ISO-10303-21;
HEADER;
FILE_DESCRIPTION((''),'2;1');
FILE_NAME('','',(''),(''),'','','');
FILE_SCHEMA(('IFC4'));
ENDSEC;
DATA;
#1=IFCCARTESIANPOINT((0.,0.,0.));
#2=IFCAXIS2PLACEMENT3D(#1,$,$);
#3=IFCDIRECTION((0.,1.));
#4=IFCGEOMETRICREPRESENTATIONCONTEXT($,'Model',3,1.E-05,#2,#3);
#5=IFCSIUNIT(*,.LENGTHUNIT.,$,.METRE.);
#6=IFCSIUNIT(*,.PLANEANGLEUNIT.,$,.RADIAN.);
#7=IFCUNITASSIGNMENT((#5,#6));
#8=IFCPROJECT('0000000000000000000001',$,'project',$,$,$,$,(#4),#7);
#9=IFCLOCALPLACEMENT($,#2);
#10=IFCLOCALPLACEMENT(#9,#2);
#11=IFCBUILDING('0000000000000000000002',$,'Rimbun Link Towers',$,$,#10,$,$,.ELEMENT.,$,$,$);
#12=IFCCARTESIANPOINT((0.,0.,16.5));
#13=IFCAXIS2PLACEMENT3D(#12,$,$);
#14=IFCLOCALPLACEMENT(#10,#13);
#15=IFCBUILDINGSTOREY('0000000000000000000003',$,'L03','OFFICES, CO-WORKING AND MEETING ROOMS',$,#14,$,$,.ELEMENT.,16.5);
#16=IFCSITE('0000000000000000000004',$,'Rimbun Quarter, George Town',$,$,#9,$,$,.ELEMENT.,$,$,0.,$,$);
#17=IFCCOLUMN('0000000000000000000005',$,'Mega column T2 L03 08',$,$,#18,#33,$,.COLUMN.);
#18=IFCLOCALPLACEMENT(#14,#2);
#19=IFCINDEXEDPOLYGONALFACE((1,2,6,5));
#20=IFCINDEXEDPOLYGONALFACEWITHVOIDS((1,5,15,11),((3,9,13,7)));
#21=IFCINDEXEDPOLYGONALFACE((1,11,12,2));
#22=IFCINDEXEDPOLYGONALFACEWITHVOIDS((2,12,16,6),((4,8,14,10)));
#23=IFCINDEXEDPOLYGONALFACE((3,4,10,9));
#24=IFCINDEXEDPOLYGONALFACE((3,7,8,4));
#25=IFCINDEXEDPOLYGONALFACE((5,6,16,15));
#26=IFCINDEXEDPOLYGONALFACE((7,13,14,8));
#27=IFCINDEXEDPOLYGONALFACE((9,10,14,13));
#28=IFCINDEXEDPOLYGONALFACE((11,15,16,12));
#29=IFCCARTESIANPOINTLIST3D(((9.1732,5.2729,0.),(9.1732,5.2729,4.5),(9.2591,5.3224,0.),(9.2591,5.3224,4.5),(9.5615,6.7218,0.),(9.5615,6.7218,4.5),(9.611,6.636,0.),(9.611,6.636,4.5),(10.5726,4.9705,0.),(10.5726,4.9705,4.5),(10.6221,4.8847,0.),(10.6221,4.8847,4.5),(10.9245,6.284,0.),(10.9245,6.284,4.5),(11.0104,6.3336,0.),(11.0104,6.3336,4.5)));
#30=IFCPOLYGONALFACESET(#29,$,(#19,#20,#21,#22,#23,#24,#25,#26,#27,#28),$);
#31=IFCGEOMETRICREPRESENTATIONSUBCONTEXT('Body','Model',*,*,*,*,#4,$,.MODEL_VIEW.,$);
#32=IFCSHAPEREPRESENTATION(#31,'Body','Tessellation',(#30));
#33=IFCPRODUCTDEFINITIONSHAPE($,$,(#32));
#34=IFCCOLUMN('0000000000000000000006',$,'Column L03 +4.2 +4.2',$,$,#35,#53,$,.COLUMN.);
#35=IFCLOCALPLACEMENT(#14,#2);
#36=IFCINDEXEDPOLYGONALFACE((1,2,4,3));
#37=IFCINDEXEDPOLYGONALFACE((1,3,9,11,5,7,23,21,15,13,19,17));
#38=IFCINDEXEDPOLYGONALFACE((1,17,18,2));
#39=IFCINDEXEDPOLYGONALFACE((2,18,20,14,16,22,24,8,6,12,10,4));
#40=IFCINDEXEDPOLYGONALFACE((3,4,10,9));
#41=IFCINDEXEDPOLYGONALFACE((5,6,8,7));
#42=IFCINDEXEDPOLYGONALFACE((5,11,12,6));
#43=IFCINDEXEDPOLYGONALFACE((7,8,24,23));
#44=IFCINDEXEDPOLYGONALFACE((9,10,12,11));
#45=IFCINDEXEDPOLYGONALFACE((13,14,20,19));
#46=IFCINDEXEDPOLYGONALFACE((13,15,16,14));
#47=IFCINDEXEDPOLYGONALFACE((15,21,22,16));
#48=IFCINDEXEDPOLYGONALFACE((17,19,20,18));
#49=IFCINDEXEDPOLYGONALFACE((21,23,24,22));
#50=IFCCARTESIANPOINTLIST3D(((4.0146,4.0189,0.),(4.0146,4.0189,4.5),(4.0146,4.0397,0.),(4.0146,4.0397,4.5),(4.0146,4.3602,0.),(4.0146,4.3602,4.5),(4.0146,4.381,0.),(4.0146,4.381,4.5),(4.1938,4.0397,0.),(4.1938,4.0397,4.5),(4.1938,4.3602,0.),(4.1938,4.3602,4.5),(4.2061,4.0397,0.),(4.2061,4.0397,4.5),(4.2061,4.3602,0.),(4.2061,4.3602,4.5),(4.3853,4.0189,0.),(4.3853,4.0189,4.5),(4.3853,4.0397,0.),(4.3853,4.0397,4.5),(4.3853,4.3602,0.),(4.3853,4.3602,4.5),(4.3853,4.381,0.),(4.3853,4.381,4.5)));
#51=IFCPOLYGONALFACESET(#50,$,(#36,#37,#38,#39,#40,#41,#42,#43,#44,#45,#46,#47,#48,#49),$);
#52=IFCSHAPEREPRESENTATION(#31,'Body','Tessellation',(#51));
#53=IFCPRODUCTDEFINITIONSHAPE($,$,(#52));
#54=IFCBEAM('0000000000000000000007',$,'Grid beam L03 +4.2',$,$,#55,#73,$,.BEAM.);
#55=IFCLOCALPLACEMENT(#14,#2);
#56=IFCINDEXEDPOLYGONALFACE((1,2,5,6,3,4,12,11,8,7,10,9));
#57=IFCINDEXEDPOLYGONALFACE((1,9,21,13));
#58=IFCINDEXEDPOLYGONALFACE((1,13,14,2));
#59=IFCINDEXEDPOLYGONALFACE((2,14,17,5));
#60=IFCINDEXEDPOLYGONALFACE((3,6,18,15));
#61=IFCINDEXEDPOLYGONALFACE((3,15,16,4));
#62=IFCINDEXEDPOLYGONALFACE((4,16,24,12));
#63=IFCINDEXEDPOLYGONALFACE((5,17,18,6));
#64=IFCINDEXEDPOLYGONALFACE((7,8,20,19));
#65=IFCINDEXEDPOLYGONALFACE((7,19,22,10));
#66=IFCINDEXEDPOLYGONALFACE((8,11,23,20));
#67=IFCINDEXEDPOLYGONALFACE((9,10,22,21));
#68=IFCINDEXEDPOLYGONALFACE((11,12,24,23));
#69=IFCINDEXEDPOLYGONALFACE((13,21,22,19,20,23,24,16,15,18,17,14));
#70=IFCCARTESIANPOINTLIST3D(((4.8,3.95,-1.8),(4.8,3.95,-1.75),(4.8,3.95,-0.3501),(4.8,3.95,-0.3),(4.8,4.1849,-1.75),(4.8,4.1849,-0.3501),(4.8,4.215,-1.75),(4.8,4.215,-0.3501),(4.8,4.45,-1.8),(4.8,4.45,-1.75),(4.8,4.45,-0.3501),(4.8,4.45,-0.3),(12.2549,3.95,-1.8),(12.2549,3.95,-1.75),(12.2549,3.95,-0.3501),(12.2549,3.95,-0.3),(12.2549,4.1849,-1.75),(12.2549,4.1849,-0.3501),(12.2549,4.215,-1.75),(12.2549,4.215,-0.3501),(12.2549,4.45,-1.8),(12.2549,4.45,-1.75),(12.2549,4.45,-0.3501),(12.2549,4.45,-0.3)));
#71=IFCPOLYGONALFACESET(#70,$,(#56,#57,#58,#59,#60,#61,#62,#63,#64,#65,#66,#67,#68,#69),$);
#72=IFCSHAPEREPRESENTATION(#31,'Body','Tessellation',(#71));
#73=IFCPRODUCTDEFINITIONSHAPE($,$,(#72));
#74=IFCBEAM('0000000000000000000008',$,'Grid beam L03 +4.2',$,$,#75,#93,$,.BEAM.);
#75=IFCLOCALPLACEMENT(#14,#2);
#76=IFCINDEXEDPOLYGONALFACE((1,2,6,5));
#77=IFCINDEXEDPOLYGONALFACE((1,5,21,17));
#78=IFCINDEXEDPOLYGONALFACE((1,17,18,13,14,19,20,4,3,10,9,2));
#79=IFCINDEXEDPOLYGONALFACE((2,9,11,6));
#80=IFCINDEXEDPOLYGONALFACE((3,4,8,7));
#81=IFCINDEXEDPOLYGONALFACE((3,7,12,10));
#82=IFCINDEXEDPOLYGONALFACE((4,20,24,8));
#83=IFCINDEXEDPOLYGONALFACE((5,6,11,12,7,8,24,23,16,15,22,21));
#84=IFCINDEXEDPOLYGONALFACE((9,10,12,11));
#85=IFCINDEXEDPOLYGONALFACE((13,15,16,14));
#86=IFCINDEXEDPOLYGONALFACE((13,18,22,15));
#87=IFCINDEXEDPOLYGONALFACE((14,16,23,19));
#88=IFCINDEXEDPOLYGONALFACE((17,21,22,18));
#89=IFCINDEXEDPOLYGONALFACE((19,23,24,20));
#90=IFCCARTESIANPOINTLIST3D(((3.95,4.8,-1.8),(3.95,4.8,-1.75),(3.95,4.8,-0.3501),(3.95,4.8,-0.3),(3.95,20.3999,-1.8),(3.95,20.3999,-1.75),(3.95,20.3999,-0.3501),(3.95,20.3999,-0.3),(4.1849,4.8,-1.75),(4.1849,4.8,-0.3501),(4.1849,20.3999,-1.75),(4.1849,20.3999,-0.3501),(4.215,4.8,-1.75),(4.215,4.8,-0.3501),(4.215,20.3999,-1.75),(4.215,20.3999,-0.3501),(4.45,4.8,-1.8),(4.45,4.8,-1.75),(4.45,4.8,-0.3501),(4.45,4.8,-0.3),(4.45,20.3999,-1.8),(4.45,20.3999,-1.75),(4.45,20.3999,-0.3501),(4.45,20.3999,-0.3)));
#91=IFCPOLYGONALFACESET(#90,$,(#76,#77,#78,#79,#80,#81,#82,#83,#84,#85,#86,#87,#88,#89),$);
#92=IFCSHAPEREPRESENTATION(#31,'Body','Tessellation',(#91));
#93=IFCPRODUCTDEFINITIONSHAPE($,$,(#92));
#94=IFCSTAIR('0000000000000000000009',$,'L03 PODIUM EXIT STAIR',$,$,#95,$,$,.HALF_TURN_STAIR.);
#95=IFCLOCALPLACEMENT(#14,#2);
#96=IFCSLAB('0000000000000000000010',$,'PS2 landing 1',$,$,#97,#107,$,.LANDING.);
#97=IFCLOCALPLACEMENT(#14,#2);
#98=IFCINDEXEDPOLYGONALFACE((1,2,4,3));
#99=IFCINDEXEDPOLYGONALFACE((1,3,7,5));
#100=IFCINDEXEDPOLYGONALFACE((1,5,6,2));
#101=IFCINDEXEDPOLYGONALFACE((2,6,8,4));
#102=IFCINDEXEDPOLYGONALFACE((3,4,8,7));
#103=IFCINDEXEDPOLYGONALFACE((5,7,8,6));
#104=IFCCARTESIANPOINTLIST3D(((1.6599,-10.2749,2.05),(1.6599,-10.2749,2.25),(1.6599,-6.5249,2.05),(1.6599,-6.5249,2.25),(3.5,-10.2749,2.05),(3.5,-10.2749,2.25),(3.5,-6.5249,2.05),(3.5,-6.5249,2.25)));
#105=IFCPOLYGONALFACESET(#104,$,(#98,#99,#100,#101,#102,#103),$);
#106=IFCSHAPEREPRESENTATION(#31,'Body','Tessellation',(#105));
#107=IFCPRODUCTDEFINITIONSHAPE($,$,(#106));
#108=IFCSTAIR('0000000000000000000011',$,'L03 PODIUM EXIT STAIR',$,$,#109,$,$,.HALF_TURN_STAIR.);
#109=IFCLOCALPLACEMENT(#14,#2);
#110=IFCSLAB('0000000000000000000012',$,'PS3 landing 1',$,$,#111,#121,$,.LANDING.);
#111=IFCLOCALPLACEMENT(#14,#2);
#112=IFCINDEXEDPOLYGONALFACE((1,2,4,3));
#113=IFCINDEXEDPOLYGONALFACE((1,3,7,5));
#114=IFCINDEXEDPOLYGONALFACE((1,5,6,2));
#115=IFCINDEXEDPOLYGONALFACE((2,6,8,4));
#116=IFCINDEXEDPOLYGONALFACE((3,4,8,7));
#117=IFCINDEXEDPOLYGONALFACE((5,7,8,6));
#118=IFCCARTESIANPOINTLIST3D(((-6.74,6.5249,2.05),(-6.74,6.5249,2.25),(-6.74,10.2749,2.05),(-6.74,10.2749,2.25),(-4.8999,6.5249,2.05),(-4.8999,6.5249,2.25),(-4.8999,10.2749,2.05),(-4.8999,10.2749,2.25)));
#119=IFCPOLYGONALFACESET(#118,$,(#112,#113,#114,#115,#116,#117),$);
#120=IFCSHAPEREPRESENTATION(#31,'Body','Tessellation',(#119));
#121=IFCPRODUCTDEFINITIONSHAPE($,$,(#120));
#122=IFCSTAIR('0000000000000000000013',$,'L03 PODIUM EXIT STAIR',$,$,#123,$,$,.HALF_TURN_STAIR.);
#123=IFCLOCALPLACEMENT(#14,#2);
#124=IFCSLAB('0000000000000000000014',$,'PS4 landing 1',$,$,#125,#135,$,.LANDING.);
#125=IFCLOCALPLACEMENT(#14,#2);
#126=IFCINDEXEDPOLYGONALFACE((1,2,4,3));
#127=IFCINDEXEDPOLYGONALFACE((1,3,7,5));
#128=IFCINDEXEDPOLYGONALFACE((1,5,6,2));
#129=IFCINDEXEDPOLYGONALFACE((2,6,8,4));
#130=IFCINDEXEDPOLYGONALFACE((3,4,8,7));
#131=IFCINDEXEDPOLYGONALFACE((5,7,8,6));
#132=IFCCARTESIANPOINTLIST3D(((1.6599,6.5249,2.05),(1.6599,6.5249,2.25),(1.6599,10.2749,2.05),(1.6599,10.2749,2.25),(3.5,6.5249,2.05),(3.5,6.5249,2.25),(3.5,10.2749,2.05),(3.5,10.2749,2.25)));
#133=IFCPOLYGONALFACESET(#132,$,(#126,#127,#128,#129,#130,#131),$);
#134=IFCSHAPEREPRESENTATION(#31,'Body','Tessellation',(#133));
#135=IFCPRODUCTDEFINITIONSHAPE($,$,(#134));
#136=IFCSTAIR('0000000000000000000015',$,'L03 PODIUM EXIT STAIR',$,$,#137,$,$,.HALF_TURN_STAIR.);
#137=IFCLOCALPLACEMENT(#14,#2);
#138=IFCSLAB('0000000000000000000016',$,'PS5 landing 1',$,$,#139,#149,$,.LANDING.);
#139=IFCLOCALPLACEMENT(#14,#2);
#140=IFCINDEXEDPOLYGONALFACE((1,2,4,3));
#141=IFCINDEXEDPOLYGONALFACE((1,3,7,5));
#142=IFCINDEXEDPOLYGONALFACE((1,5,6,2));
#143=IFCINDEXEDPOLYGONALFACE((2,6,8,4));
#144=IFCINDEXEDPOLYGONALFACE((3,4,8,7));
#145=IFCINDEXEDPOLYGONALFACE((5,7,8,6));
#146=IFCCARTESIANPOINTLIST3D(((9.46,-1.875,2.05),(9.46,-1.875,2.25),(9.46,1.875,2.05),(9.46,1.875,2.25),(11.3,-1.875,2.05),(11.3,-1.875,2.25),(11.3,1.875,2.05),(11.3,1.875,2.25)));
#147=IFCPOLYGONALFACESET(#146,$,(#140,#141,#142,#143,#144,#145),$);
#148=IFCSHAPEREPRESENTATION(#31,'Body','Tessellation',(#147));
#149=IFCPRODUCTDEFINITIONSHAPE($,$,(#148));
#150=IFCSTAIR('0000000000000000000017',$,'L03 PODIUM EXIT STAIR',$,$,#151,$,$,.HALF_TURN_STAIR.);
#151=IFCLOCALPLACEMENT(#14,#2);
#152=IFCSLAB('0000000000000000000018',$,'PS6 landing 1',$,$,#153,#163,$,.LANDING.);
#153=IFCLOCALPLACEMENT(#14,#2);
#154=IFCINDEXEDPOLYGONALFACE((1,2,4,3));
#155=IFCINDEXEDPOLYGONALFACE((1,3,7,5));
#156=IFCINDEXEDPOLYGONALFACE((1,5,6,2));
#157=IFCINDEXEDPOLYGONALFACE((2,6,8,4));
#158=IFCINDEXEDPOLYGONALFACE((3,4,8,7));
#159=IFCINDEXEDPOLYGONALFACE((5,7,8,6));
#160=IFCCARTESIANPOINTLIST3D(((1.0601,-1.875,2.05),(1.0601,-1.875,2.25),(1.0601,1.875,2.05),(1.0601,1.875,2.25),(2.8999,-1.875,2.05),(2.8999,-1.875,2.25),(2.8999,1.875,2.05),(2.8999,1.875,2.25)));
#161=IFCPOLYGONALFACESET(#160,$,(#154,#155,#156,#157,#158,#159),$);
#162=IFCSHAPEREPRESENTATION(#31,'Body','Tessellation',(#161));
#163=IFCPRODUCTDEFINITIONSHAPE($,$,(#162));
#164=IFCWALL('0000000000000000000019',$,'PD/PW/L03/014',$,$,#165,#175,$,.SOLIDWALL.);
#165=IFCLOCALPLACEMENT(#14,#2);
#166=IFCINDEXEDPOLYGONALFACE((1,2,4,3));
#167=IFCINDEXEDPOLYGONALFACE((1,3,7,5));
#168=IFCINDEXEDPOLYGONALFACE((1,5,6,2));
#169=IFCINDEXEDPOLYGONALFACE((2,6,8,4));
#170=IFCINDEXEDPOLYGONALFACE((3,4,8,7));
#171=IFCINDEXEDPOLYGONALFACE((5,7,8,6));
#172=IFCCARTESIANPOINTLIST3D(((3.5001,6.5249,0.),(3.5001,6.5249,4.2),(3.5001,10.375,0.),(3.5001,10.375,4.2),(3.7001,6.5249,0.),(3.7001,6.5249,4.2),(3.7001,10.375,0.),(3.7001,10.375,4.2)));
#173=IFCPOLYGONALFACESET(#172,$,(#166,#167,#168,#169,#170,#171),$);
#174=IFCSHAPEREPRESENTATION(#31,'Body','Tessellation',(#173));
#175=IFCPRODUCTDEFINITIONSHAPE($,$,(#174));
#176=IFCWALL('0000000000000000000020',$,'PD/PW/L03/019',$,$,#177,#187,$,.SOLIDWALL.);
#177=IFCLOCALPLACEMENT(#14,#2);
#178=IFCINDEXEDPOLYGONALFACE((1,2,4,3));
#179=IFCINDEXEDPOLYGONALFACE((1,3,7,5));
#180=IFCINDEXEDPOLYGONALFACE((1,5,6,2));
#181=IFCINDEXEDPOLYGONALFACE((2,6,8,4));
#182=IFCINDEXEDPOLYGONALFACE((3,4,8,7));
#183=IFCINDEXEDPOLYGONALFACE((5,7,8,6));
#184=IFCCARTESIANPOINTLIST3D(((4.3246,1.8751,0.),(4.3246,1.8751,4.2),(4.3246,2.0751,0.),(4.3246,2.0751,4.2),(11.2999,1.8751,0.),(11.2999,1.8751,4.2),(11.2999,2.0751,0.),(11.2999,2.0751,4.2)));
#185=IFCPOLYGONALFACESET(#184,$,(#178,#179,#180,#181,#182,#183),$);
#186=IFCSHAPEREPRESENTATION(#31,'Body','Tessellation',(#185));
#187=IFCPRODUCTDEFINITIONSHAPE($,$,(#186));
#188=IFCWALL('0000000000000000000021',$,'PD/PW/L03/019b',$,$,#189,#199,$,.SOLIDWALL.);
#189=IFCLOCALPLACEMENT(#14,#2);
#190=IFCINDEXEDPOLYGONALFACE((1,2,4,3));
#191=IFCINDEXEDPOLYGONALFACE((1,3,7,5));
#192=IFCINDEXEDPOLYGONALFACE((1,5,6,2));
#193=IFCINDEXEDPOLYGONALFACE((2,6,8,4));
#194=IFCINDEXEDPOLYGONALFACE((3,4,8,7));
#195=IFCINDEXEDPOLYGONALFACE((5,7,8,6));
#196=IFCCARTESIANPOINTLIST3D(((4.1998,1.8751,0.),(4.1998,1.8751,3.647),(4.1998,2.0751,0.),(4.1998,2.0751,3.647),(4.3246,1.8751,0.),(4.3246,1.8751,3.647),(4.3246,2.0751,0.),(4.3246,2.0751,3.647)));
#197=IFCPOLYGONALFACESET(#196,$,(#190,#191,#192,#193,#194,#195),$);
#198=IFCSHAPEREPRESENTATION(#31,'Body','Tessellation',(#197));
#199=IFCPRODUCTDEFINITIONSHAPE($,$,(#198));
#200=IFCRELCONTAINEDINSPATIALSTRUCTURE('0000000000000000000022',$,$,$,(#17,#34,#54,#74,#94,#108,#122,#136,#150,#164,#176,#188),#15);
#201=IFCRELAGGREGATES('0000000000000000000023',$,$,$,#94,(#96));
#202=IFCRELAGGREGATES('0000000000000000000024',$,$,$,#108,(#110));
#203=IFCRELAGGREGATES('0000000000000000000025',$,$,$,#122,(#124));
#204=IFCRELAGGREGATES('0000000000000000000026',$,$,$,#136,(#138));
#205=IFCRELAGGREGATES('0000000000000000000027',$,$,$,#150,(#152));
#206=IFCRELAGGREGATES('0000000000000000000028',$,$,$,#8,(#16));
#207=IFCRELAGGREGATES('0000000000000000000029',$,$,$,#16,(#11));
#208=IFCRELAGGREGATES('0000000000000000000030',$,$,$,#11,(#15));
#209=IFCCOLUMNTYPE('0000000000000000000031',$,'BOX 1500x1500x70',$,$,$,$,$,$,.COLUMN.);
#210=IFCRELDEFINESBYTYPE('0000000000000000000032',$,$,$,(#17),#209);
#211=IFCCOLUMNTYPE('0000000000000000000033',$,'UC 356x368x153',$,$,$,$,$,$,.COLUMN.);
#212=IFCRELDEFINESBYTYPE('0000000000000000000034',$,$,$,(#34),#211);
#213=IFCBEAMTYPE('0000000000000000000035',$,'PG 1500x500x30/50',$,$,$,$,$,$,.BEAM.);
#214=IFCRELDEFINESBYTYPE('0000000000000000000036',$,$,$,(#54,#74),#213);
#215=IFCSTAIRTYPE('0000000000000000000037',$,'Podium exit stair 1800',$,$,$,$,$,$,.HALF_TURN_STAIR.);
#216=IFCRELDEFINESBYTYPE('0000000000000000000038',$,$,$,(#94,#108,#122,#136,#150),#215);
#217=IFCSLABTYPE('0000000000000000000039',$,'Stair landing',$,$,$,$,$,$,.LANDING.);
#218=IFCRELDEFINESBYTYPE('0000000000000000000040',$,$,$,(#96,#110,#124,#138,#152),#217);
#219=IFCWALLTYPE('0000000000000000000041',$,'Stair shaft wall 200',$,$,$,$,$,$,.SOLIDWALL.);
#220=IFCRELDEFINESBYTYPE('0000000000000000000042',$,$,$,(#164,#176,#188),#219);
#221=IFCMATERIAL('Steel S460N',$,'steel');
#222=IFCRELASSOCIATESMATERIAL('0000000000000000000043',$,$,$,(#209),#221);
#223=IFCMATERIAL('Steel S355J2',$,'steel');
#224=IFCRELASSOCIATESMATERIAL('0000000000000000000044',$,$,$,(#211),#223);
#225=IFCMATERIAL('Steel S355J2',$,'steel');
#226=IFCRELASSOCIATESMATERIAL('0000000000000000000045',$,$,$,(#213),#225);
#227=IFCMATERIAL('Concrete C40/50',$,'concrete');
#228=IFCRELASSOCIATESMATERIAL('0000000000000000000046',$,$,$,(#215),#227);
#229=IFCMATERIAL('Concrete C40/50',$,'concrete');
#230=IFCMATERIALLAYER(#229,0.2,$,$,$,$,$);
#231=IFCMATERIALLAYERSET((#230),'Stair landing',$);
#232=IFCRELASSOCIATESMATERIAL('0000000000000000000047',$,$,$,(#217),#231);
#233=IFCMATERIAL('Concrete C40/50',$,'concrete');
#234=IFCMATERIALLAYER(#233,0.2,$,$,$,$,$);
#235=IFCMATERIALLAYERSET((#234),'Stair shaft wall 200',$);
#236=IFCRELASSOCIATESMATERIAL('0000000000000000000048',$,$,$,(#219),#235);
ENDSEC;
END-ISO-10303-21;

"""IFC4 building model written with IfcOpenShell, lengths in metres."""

from ifc_helpers import new_model, si_unit, direction, frame, frame_2d, origin, origin_2d, place, context, subcontext, project, spatial, polyline, rectangle, hollow_rectangle, i_section, outline, extrude, material, layer, layer_set, material_profile, profile_set, type_object, element, aggregate, save


model = new_model("IFC4")

# Units and contexts
model_context = context("Model", 3, precision=1e-05, world=origin(), true_north=direction((0.0, 1.0)))
body_context = subcontext(model_context, "Body", "Model", "MODEL_VIEW")
ifc_project = project(units=[si_unit("LENGTHUNIT", "METRE"), si_unit("PLANEANGLEUNIT", "RADIAN")], contexts=[model_context])

# Site, building, storey
site_placement = place(None, origin())
site = spatial("IfcSite", under=ifc_project, at=site_placement, Name="Rimbun Quarter, George Town", CompositionType="ELEMENT", RefElevation=0.0)
building_placement = place(site_placement, origin())
building = spatial("IfcBuilding", under=site, at=building_placement, Name="Rimbun Link Towers", CompositionType="ELEMENT")
storey_placement = place(building_placement, frame((0.0, 0.0, 16.5)))
storey = spatial("IfcBuildingStorey", under=building, at=storey_placement, Name="L03", Description="OFFICES, CO-WORKING AND MEETING ROOMS", CompositionType="ELEMENT", Elevation=16.5)

# Columns
ifc_material_1 = material(Name="Steel S460N", Category="steel")
ifc_material_profile_1 = material_profile(ifc_material_1, hollow_rectangle(XDim=1.5, YDim=1.5, WallThickness=0.0701, at=origin_2d()), Name="BOX 1500x1500x70")
ifc_profile_set_1 = profile_set([ifc_material_profile_1], Name="Steel S460N")
column_type_1 = type_object("IfcColumnType", Name="BOX 1500x1500x70", PredefinedType="COLUMN", material=ifc_profile_set_1)
column_1_placement = place(storey_placement, frame((10.0918, 5.8032, 0.0), z_axis=(0.0, 0.0, 1.0), x_axis=(-0.965926, 0.258819, 0.0)))
element("IfcColumn", 1, at=column_1_placement, inside=storey, type_object=column_type_1, Name="Mega column T2 L03 08", PredefinedType="COLUMN", context=body_context, shape_type="SweptSolid", body=[
    extrude(hollow_rectangle(XDim=1.5, YDim=1.5, WallThickness=0.0701, at=origin_2d()), origin(), (0.0, 0.0, 1.0), 4.5),
])
ifc_material_2 = material(Name="Steel S355J2", Category="steel")
ifc_material_profile_2 = material_profile(ifc_material_2, i_section(OverallWidth=0.3706, OverallDepth=0.3621, WebThickness=0.0122, FlangeThickness=0.0208, at=origin_2d()), Name="UC 356x368x153")
ifc_profile_set_2 = profile_set([ifc_material_profile_2], Name="Steel S355J2")
column_type_2 = type_object("IfcColumnType", Name="UC 356x368x153", PredefinedType="COLUMN", material=ifc_profile_set_2)
column_2_placement = place(storey_placement, frame((4.2, 4.2, 0.0), z_axis=(0.0, 0.0, 1.0), x_axis=(1.0, 0.0, 0.0)))
element("IfcColumn", 2, at=column_2_placement, inside=storey, type_object=column_type_2, Name="Column L03 +4.2 +4.2", PredefinedType="COLUMN", context=body_context, shape_type="SweptSolid", body=[
    extrude(i_section(OverallWidth=0.3706, OverallDepth=0.3621, WebThickness=0.0122, FlangeThickness=0.0208, at=origin_2d()), origin(), (0.0, 0.0, 1.0), 4.5),
])

# Beams
ifc_material_3 = material(Name="Steel S355J2", Category="steel")
ifc_material_profile_3 = material_profile(ifc_material_3, i_section(OverallWidth=0.5, OverallDepth=1.5, WebThickness=0.03, FlangeThickness=0.05, at=origin_2d()), Name="PG 1500x500x30/50")
ifc_profile_set_3 = profile_set([ifc_material_profile_3], Name="Steel S355J2")
beam_type = type_object("IfcBeamType", Name="PG 1500x500x30/50", PredefinedType="BEAM", material=ifc_profile_set_3)
beam_1_placement = place(storey_placement, frame((4.8, 4.2, -1.05), z_axis=(1.0, 0.0, 0.0), x_axis=(0.0, 1.0, 0.0)))
element("IfcBeam", 3, at=beam_1_placement, inside=storey, type_object=beam_type, Name="Grid beam L03 +4.2", PredefinedType="BEAM", context=body_context, shape_type="SweptSolid", body=[
    extrude(i_section(OverallWidth=0.5, OverallDepth=1.5, WebThickness=0.03, FlangeThickness=0.05, at=origin_2d()), origin(), (0.0, 0.0, 1.0), 7.4548),
])
beam_2_placement = place(storey_placement, frame((4.2, 4.8, -1.05), z_axis=(0.0, 1.0, 0.0), x_axis=(-1.0, 0.0, 0.0)))
element("IfcBeam", 4, at=beam_2_placement, inside=storey, type_object=beam_type, Name="Grid beam L03 +4.2", PredefinedType="BEAM", context=body_context, shape_type="SweptSolid", body=[
    extrude(i_section(OverallWidth=0.5, OverallDepth=1.5, WebThickness=0.03, FlangeThickness=0.05, at=origin_2d()), origin(), (0.0, 0.0, 1.0), 15.5999),
])

# Stairs, slabs
ifc_material_4 = material(Name="Concrete C40/50", Category="concrete")
stair_type = type_object("IfcStairType", Name="Podium exit stair 1800", PredefinedType="HALF_TURN_STAIR", material=ifc_material_4)
stair_1_placement = place(storey_placement, origin())
stair_1 = element("IfcStair", 5, at=stair_1_placement, inside=storey, type_object=stair_type, Name="L03 PODIUM EXIT STAIR", PredefinedType="HALF_TURN_STAIR")
ifc_material_5 = material(Name="Concrete C40/50", Category="concrete")
ifc_layer_1 = layer(ifc_material_5, 0.2)
ifc_layer_set_1 = layer_set([ifc_layer_1], Name="Stair landing")
slab_type = type_object("IfcSlabType", Name="Stair landing", PredefinedType="LANDING", material=ifc_layer_set_1)
slab_1_placement = place(storey_placement, frame((0.0, 0.0, 2.05)))
slab_1 = element("IfcSlab", 6, at=slab_1_placement, type_object=slab_type, Name="PS2 landing 1", PredefinedType="LANDING", context=body_context, shape_type="SweptSolid", body=[
    extrude(outline(polyline([(1.6599, -10.2749), (3.5, -10.2749), (3.5, -6.5249), (1.6599, -6.5249), (1.6599, -10.2749)])), origin(), (0.0, 0.0, 1.0), 0.2),
])
aggregate(stair_1, [slab_1])
stair_2_placement = place(storey_placement, origin())
stair_2 = element("IfcStair", 7, at=stair_2_placement, inside=storey, type_object=stair_type, Name="L03 PODIUM EXIT STAIR", PredefinedType="HALF_TURN_STAIR")
slab_2_placement = place(storey_placement, frame((0.0, 0.0, 2.05)))
slab_2 = element("IfcSlab", 8, at=slab_2_placement, type_object=slab_type, Name="PS3 landing 1", PredefinedType="LANDING", context=body_context, shape_type="SweptSolid", body=[
    extrude(outline(polyline([(-6.74, 6.5249), (-4.8999, 6.5249), (-4.8999, 10.2749), (-6.74, 10.2749), (-6.74, 6.5249)])), origin(), (0.0, 0.0, 1.0), 0.2),
])
aggregate(stair_2, [slab_2])
stair_3_placement = place(storey_placement, origin())
stair_3 = element("IfcStair", 9, at=stair_3_placement, inside=storey, type_object=stair_type, Name="L03 PODIUM EXIT STAIR", PredefinedType="HALF_TURN_STAIR")
slab_3_placement = place(storey_placement, frame((0.0, 0.0, 2.05)))
slab_3 = element("IfcSlab", 10, at=slab_3_placement, type_object=slab_type, Name="PS4 landing 1", PredefinedType="LANDING", context=body_context, shape_type="SweptSolid", body=[
    extrude(outline(polyline([(1.6599, 6.5249), (3.5, 6.5249), (3.5, 10.2749), (1.6599, 10.2749), (1.6599, 6.5249)])), origin(), (0.0, 0.0, 1.0), 0.2),
])
aggregate(stair_3, [slab_3])
stair_4_placement = place(storey_placement, origin())
stair_4 = element("IfcStair", 11, at=stair_4_placement, inside=storey, type_object=stair_type, Name="L03 PODIUM EXIT STAIR", PredefinedType="HALF_TURN_STAIR")
slab_4_placement = place(storey_placement, frame((0.0, 0.0, 2.05)))
slab_4 = element("IfcSlab", 12, at=slab_4_placement, type_object=slab_type, Name="PS5 landing 1", PredefinedType="LANDING", context=body_context, shape_type="SweptSolid", body=[
    extrude(outline(polyline([(9.46, -1.875), (11.3, -1.875), (11.3, 1.875), (9.46, 1.875), (9.46, -1.875)])), origin(), (0.0, 0.0, 1.0), 0.2),
])
stair_5_placement = place(storey_placement, origin())
stair_5 = element("IfcStair", 13, at=stair_5_placement, inside=storey, type_object=stair_type, Name="L03 PODIUM EXIT STAIR", PredefinedType="HALF_TURN_STAIR")
slab_5_placement = place(storey_placement, frame((0.0, 0.0, 2.05)))
slab_5 = element("IfcSlab", 14, at=slab_5_placement, type_object=slab_type, Name="PS6 landing 1", PredefinedType="LANDING", context=body_context, shape_type="SweptSolid", body=[
    extrude(outline(polyline([(1.0601, -1.875), (2.8999, -1.875), (2.8999, 1.875), (1.0601, 1.875), (1.0601, -1.875)])), origin(), (0.0, 0.0, 1.0), 0.2),
])

# Walls
ifc_material_6 = material(Name="Concrete C40/50", Category="concrete")
ifc_layer_2 = layer(ifc_material_6, 0.2)
ifc_layer_set_2 = layer_set([ifc_layer_2], Name="Stair shaft wall 200")
wall_type = type_object("IfcWallType", Name="Stair shaft wall 200", PredefinedType="SOLIDWALL", material=ifc_layer_set_2)
wall_1_placement = place(storey_placement, frame((3.6001, 6.5249, 0.0), z_axis=(0.0, 0.0, 1.0), x_axis=(0.0, 1.0, 0.0)))
element("IfcWall", 15, at=wall_1_placement, inside=storey, type_object=wall_type, Name="PD/PW/L03/014", PredefinedType="SOLIDWALL", context=body_context, shape_type="SweptSolid", body=[
    extrude(rectangle(XDim=3.8501, YDim=0.2, at=frame_2d((1.925, 0.0))), origin(), (0.0, 0.0, 1.0), 4.2),
])
wall_2_placement = place(storey_placement, frame((11.3, 1.9751, 0.0), z_axis=(0.0, 0.0, 1.0), x_axis=(-1.0, 0.0, 0.0)))
element("IfcWall", 16, at=wall_2_placement, inside=storey, type_object=wall_type, Name="PD/PW/L03/019", PredefinedType="SOLIDWALL", context=body_context, shape_type="SweptSolid", body=[
    extrude(rectangle(XDim=6.9753, YDim=0.2, at=frame_2d((3.4878, 0.0))), origin(), (0.0, 0.0, 1.0), 4.2),
])
wall_3_placement = place(storey_placement, frame((4.3247, 1.9751, 0.0), z_axis=(0.0, 0.0, 1.0), x_axis=(-1.0, 0.0, 0.0)))
element("IfcWall", 17, at=wall_3_placement, inside=storey, type_object=wall_type, Name="PD/PW/L03/019b", PredefinedType="SOLIDWALL", context=body_context, shape_type="SweptSolid", body=[
    extrude(rectangle(XDim=0.1248, YDim=0.2, at=frame_2d((0.0625, 0.0))), origin(), (0.0, 0.0, 1.0), 3.647),
])

aggregate(stair_4, [slab_4])
aggregate(stair_5, [slab_5])

save(model, "model.ifc")
